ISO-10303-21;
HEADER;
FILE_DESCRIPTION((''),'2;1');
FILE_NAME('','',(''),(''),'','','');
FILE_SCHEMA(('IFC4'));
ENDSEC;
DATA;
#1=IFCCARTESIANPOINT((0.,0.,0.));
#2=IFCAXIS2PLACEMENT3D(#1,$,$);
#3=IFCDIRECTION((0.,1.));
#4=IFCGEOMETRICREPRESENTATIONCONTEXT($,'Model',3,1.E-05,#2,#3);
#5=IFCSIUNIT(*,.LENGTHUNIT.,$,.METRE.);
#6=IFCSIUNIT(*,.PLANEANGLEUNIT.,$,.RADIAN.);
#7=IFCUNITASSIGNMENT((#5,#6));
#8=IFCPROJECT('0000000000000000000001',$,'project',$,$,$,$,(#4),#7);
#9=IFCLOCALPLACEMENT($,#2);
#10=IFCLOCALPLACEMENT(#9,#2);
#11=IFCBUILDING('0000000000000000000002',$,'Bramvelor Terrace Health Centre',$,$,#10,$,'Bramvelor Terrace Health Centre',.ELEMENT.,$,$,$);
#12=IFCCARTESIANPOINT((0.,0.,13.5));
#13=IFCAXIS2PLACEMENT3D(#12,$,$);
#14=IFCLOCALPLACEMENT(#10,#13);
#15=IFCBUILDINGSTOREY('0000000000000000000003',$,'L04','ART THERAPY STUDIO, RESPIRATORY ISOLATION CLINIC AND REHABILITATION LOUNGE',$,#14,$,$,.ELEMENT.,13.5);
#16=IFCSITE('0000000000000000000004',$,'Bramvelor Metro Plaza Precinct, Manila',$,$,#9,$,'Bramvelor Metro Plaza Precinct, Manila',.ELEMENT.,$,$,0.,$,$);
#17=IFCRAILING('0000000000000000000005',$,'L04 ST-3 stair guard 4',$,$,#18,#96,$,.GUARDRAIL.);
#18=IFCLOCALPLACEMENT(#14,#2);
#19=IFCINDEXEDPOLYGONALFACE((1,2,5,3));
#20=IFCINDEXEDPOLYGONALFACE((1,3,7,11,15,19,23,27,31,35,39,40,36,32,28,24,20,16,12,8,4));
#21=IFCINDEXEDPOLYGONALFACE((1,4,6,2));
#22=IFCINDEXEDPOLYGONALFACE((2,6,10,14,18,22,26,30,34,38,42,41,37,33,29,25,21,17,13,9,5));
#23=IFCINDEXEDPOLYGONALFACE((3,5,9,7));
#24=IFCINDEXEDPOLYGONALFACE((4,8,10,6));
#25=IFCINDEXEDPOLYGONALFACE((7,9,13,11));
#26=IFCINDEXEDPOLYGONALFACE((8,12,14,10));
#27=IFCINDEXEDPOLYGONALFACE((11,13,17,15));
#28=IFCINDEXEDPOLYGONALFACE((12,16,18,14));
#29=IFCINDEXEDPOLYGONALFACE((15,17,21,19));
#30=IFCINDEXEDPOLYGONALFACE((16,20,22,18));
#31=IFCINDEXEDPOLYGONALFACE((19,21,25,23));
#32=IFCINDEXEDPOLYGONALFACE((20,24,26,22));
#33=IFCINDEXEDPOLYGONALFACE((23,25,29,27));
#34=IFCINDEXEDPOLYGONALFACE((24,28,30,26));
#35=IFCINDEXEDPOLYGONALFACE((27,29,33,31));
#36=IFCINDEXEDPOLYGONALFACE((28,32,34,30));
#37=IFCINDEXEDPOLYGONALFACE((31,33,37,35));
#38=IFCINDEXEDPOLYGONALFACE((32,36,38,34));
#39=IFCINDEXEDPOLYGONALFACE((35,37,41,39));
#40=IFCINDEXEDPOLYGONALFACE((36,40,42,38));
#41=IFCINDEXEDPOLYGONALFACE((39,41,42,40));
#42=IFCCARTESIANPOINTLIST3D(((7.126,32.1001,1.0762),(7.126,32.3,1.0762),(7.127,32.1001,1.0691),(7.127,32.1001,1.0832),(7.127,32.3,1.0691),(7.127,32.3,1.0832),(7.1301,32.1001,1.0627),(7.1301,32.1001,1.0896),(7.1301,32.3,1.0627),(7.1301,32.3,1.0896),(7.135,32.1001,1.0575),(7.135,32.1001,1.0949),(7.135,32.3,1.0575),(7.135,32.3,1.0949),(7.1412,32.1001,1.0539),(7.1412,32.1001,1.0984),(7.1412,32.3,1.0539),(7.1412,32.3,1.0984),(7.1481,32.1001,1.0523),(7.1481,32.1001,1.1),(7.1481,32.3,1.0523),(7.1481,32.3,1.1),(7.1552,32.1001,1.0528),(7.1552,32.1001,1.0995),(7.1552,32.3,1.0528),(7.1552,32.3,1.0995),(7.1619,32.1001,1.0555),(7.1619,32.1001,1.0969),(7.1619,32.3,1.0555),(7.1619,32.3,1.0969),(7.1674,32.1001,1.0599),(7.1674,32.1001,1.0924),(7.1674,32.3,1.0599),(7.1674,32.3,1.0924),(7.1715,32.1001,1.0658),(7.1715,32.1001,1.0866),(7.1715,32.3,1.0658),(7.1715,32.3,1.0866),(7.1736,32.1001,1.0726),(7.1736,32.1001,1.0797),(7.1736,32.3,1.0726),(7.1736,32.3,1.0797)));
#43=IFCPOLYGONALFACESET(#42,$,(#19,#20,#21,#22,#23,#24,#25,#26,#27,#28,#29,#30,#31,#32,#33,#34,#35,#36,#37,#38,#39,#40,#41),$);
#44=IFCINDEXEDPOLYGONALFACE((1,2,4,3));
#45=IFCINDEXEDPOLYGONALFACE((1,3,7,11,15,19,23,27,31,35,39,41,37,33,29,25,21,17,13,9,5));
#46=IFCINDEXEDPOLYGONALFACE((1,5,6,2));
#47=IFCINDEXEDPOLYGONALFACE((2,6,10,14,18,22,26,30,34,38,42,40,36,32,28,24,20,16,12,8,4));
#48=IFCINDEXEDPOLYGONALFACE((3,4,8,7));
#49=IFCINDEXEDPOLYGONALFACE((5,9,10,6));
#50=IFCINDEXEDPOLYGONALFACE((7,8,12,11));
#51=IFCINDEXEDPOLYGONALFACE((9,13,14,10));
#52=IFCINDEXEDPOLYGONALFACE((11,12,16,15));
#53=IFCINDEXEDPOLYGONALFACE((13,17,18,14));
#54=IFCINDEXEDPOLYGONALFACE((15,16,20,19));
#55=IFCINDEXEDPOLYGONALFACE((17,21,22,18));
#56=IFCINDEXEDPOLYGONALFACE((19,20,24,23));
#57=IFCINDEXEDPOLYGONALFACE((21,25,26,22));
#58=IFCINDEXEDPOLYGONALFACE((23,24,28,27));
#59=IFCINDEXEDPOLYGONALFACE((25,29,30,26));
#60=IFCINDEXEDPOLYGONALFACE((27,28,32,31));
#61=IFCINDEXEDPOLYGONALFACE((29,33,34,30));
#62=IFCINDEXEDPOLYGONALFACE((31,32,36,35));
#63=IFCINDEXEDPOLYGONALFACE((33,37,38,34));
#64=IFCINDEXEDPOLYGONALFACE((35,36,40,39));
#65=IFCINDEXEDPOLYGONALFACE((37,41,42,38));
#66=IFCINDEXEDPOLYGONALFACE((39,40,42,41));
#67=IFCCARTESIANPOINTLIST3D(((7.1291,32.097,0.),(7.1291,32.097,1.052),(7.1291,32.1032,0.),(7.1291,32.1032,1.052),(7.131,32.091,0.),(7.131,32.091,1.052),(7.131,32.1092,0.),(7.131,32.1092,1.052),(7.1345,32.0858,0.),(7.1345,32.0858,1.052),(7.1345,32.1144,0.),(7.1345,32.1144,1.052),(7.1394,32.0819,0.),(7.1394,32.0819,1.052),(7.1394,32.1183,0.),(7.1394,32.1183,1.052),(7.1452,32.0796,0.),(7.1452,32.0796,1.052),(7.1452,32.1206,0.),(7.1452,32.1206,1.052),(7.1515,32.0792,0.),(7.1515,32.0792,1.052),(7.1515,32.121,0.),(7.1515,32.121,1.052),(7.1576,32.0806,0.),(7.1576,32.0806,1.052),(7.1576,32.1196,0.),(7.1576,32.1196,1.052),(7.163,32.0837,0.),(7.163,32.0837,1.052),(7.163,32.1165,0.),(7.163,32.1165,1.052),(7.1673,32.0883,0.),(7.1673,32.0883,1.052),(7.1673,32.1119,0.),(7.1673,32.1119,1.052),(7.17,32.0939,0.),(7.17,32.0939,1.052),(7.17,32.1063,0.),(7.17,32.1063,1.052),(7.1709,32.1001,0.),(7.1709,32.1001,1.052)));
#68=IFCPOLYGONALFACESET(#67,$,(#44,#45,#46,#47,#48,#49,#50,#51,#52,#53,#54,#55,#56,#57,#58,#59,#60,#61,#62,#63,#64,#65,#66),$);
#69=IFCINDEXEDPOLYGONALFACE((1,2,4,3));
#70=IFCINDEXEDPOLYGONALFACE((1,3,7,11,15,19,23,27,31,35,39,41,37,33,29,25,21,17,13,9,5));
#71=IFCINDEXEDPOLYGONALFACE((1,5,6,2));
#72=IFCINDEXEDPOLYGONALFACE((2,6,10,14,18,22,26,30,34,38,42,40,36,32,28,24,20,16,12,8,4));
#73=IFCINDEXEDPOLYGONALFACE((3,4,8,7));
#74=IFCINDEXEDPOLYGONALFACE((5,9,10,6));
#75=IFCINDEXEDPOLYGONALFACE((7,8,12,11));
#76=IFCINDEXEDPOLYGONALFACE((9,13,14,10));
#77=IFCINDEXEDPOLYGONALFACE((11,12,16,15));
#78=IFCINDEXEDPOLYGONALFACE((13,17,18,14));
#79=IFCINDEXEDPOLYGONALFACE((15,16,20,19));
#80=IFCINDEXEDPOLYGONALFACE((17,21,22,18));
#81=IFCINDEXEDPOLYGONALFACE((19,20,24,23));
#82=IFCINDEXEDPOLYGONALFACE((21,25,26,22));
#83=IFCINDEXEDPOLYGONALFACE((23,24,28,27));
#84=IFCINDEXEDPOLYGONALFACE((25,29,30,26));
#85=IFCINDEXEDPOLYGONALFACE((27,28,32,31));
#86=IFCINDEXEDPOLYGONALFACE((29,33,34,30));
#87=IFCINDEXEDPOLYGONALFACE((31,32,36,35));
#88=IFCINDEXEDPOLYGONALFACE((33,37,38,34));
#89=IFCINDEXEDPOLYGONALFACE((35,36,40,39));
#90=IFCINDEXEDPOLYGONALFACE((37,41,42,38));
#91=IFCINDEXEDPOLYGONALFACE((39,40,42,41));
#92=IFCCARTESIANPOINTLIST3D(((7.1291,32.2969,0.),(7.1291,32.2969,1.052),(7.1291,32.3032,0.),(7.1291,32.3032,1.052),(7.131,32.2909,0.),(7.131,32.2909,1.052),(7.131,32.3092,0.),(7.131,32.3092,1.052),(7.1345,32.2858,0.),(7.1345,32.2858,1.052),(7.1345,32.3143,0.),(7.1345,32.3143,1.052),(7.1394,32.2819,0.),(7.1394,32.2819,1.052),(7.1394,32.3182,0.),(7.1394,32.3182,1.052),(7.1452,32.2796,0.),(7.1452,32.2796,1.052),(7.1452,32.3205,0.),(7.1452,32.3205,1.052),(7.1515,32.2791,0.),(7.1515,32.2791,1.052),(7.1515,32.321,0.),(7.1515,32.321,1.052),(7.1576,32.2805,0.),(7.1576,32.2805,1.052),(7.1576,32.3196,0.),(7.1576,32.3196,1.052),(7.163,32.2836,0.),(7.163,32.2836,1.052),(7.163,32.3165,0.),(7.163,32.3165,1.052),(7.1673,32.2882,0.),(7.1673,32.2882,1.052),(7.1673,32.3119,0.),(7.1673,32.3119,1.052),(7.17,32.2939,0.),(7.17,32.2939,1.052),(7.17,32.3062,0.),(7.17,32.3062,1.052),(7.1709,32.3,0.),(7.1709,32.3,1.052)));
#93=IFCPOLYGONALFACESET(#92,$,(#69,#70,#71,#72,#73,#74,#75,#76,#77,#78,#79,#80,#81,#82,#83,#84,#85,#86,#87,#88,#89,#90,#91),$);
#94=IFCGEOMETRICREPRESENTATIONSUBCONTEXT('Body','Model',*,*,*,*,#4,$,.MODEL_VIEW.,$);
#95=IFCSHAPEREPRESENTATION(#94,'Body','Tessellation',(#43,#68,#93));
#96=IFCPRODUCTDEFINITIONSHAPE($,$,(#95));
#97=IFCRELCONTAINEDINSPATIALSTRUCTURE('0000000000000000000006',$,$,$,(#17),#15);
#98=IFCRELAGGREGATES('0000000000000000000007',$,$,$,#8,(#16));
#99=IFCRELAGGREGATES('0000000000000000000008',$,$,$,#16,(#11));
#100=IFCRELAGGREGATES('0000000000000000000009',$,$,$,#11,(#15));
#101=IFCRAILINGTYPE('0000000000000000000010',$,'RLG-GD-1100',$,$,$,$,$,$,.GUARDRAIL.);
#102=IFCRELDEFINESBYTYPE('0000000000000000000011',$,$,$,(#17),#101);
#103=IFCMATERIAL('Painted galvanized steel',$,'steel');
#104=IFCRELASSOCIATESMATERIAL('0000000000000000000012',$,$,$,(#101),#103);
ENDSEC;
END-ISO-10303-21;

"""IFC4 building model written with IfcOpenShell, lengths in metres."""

from ifc_helpers import new_model, si_unit, direction, frame, origin, origin_2d, place, context, subcontext, project, spatial, circle, extrude, material, type_object, element, save


model = new_model("IFC4")

# Units and contexts
model_context = context("Model", 3, precision=1e-05, world=origin(), true_north=direction((0.0, 1.0)))
body_context = subcontext(model_context, "Body", "Model", "MODEL_VIEW")
ifc_project = project(units=[si_unit("LENGTHUNIT", "METRE"), si_unit("PLANEANGLEUNIT", "RADIAN")], contexts=[model_context])

# Site, building, storey
site_placement = place(None, origin())
site = spatial("IfcSite", under=ifc_project, at=site_placement, Name="Bramvelor Metro Plaza Precinct, Manila", LongName="Bramvelor Metro Plaza Precinct, Manila", CompositionType="ELEMENT", RefElevation=0.0)
building_placement = place(site_placement, origin())
building = spatial("IfcBuilding", under=site, at=building_placement, Name="Bramvelor Terrace Health Centre", LongName="Bramvelor Terrace Health Centre", CompositionType="ELEMENT")
storey_placement = place(building_placement, frame((0.0, 0.0, 13.5)))
storey = spatial("IfcBuildingStorey", under=building, at=storey_placement, Name="L04", Description="ART THERAPY STUDIO, RESPIRATORY ISOLATION CLINIC AND REHABILITATION LOUNGE", CompositionType="ELEMENT", Elevation=13.5)

# Railing
ifc_material_1 = material(Name="Painted galvanized steel", Category="steel")
railing_type_1 = type_object("IfcRailingType", Name="RLG-GD-1100", PredefinedType="GUARDRAIL", material=ifc_material_1)
railing_1_placement = place(storey_placement, frame((7.1499, 32.1001, 0.0)))
element("IfcRailing", 1, at=railing_1_placement, inside=storey, type_object=railing_type_1, Name="L04 ST-3 stair guard 4", PredefinedType="GUARDRAIL", context=body_context, shape_type="SweptSolid", body=[
    extrude(circle(Radius=0.0239, at=origin_2d()), frame((0.0, 0.0, 1.0762), z_axis=(0.0, 1.0, 0.0), x_axis=(-1.0, 0.0, 0.0)), (0.0, 0.0, 1.0), 0.2),
    extrude(circle(Radius=0.021, at=origin_2d()), origin(), (0.0, 0.0, 1.0), 1.052),
    extrude(circle(Radius=0.021, at=origin_2d()), frame((0.0, 0.2, 0.0)), (0.0, 0.0, 1.0), 1.052),
])

save(model, "model.ifc")
